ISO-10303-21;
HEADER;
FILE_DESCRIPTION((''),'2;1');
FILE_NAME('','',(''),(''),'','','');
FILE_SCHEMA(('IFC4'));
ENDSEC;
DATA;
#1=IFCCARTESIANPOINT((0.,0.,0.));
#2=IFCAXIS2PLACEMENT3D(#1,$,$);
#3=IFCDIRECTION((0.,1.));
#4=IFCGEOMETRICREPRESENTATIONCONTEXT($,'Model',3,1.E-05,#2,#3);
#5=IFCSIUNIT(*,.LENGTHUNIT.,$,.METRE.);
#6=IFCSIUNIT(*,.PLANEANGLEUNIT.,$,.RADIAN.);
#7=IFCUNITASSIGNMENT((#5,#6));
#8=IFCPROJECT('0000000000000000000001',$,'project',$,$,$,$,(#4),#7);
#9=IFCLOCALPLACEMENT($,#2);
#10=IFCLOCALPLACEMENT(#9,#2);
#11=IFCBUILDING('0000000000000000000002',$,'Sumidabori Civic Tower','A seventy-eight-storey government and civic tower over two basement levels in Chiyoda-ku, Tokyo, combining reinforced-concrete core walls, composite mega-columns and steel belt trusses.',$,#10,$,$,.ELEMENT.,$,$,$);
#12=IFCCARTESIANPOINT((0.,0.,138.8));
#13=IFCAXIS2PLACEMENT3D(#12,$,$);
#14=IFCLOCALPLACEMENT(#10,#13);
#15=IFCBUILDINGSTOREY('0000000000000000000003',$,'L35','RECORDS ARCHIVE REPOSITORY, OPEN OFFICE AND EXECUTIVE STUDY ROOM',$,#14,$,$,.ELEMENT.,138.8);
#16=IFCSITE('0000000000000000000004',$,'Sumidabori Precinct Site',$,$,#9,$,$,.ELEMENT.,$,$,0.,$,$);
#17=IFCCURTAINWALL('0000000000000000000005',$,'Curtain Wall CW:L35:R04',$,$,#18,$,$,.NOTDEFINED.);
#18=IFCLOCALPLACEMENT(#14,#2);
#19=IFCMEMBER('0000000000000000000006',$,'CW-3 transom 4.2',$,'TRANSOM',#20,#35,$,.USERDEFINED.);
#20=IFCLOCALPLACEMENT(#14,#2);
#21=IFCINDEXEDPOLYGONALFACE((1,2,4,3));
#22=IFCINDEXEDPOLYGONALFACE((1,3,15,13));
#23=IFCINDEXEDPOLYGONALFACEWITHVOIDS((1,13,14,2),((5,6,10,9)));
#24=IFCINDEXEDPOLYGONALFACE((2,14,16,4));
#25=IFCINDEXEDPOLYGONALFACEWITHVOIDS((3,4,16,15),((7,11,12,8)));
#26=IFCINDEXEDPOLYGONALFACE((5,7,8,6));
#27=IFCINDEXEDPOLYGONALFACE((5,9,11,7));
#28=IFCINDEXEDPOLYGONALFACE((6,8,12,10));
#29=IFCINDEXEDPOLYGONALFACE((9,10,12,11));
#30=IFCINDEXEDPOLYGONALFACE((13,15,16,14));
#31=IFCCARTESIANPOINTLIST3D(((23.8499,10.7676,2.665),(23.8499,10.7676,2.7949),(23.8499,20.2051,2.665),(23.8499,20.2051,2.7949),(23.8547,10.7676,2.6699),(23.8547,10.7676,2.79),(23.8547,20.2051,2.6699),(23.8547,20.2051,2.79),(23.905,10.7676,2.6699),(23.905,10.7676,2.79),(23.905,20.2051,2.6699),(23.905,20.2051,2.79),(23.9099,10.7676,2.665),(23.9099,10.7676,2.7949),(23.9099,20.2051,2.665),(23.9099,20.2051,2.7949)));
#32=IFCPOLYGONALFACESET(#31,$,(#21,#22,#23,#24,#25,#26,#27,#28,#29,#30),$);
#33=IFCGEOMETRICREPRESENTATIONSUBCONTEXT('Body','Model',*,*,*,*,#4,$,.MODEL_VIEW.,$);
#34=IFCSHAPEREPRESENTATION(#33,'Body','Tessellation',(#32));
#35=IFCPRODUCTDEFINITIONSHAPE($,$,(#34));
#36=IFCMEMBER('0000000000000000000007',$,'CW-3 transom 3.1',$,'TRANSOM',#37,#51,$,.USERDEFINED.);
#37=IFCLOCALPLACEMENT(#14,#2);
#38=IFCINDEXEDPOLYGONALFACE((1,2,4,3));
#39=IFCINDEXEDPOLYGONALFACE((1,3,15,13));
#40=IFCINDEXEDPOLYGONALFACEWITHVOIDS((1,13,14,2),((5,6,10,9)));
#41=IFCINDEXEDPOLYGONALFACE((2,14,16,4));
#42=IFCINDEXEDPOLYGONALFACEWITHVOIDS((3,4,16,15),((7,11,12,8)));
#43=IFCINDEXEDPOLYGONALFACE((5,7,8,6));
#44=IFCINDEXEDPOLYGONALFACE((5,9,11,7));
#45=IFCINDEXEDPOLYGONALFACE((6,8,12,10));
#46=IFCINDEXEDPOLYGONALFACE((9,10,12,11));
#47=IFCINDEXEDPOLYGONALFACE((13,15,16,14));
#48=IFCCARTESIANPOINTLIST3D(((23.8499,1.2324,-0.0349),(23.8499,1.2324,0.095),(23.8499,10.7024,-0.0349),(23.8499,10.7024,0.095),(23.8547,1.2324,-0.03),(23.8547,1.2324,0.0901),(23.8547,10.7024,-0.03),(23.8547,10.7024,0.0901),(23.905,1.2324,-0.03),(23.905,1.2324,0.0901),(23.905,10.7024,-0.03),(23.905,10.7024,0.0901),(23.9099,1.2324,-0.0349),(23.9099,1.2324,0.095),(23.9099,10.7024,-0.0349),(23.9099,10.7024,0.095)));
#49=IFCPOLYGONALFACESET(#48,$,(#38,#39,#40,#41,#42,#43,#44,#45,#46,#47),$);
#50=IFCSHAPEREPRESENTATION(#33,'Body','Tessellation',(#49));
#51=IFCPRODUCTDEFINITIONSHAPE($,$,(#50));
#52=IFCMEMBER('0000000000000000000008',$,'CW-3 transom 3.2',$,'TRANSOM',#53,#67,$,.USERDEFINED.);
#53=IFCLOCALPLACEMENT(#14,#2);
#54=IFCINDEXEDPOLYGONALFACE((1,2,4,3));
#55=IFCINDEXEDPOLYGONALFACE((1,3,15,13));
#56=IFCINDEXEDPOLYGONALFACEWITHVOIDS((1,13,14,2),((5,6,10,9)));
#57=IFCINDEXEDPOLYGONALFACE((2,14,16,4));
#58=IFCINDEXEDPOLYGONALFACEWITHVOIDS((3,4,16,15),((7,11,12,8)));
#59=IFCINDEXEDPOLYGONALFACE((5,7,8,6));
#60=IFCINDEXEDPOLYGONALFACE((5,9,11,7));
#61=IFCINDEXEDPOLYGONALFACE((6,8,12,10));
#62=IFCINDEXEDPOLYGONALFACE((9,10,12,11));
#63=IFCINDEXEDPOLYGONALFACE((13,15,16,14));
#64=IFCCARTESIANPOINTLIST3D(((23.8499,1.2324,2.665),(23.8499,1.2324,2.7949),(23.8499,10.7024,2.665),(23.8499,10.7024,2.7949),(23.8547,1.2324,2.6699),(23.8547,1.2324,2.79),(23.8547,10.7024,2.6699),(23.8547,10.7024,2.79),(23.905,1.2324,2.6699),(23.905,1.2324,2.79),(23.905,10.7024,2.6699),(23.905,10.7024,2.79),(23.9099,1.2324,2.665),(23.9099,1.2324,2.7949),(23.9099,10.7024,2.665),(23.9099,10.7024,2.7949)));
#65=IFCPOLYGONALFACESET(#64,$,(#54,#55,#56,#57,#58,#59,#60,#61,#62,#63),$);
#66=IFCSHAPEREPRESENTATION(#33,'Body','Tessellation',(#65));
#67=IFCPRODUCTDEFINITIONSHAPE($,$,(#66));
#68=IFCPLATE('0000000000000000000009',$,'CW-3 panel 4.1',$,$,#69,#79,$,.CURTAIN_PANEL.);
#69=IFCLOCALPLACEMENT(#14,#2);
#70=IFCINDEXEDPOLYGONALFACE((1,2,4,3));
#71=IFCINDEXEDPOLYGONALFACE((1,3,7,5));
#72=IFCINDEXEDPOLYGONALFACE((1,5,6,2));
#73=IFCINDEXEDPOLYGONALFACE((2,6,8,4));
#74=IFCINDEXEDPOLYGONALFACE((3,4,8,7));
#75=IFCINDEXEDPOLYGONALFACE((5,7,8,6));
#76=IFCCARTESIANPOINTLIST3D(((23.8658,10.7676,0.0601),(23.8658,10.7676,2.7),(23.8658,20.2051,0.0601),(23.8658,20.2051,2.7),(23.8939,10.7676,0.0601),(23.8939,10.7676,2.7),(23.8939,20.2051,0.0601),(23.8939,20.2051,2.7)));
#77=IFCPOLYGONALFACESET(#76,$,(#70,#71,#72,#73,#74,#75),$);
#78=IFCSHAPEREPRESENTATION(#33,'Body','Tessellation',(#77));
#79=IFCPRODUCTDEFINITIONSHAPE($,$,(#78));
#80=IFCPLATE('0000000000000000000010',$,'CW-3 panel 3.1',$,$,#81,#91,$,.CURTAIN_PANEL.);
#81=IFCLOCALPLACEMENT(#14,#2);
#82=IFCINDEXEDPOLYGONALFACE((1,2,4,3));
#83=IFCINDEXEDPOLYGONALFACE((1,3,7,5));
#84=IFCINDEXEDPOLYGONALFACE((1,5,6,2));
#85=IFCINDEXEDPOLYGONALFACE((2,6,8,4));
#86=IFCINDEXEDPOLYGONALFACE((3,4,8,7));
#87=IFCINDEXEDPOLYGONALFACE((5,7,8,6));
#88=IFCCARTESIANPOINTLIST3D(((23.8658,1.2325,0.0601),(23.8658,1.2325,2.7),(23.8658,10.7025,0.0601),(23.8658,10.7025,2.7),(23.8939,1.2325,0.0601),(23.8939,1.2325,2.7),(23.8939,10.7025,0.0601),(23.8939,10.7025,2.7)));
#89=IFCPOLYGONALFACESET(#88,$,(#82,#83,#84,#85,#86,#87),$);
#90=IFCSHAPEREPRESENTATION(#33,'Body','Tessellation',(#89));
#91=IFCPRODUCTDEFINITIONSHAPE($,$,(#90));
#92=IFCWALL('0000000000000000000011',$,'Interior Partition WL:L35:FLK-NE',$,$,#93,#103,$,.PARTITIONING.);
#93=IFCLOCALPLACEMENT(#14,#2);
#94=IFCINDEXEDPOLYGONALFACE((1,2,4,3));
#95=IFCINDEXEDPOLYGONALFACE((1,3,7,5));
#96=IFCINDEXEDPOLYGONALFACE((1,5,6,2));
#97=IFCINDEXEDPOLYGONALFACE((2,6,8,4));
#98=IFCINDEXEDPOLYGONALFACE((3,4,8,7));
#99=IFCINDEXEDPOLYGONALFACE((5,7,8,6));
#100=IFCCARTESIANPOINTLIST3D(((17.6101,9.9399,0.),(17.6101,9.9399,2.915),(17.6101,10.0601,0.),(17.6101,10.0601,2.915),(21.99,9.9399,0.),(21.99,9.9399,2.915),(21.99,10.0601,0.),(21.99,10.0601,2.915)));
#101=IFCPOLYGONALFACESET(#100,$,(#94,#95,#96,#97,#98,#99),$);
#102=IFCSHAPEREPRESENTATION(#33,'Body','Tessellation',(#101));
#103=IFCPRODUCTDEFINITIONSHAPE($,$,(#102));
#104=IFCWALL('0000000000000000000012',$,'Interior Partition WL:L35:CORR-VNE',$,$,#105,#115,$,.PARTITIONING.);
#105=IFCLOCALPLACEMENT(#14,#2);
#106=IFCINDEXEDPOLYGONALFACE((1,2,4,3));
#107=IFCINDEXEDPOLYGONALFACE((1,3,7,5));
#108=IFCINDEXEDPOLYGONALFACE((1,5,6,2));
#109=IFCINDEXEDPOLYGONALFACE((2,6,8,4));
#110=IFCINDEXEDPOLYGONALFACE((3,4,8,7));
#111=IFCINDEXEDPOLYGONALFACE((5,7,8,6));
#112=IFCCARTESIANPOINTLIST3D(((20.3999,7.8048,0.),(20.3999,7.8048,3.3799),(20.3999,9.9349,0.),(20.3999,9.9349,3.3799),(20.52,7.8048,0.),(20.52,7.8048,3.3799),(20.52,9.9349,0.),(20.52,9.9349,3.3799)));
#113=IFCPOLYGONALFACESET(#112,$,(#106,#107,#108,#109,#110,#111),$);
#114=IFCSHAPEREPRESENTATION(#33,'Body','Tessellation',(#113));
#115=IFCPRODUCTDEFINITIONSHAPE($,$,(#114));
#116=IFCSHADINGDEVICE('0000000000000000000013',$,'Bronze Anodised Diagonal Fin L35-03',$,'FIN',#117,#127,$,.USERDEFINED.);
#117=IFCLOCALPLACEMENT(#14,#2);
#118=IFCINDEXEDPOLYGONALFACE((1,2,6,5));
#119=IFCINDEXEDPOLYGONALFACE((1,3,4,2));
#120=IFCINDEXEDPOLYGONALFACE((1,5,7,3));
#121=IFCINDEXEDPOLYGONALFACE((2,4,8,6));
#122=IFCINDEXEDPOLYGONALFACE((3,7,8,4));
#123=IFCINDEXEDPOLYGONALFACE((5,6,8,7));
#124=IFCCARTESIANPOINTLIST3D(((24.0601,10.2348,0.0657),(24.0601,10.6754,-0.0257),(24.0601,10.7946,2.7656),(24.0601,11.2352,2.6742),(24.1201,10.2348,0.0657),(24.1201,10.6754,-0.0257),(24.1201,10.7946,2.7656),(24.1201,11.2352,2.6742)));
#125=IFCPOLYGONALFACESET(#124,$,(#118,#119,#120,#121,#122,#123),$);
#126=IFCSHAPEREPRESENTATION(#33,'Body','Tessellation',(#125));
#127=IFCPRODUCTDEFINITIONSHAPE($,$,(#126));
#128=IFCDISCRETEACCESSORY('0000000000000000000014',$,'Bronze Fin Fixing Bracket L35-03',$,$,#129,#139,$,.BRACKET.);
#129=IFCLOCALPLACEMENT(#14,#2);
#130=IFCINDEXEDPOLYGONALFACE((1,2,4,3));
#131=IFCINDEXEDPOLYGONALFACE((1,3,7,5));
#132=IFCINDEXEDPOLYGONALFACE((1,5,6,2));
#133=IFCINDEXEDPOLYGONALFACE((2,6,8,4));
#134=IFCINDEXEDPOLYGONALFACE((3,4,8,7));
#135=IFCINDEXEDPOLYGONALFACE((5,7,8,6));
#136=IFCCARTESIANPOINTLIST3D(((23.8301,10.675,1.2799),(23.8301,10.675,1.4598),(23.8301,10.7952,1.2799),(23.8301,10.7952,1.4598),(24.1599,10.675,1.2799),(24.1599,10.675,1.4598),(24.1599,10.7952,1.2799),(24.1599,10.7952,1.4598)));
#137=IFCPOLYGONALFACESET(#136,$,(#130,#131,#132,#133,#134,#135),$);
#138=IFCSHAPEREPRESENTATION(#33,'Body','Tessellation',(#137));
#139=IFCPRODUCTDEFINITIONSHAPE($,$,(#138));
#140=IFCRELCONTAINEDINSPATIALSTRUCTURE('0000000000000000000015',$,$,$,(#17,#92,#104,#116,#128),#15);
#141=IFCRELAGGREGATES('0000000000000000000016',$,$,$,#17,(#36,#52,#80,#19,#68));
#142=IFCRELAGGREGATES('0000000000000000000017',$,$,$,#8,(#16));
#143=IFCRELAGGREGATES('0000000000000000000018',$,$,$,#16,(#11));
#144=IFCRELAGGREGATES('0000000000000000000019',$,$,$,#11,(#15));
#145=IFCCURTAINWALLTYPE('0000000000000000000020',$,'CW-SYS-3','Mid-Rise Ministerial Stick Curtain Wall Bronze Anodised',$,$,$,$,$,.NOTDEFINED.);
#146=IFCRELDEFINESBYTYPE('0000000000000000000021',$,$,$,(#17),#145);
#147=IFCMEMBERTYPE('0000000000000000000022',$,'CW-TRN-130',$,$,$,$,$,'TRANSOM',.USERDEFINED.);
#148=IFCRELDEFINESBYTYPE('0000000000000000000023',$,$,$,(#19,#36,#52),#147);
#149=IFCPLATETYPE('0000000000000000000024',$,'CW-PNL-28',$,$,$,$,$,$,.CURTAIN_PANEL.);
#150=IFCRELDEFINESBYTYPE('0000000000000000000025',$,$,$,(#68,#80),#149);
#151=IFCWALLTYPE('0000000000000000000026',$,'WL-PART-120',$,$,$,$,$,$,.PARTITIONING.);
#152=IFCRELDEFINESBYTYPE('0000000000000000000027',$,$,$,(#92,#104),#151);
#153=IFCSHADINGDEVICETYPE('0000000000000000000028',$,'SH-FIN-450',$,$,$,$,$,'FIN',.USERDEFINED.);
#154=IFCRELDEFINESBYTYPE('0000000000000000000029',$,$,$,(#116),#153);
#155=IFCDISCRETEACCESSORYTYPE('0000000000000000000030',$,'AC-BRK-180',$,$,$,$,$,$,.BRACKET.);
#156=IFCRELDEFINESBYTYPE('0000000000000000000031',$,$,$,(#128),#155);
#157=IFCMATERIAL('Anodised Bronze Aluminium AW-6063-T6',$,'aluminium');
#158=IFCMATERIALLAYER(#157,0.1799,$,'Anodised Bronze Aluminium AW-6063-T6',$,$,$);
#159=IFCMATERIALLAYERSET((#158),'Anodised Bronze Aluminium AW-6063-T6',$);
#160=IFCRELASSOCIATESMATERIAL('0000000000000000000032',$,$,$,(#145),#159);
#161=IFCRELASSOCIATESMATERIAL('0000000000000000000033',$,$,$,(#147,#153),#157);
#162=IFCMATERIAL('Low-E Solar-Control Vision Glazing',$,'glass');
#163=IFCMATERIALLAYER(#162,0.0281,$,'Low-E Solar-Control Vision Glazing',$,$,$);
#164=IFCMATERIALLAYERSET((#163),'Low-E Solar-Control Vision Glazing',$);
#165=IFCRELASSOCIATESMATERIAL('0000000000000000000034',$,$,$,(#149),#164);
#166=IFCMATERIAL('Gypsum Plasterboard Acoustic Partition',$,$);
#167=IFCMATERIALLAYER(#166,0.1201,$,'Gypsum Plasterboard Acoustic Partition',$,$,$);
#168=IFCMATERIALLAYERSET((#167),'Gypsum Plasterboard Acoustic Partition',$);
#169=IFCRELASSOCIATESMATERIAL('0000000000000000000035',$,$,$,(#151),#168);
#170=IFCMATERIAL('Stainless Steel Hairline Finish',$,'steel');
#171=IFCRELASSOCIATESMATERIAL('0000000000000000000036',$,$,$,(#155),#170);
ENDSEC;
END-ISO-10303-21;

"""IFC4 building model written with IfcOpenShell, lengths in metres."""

from ifc_helpers import new_model, si_unit, direction, frame, frame_2d, origin, origin_2d, place, context, subcontext, project, spatial, rectangle, hollow_rectangle, extrude, source, transform, mapped, material, layer, layer_set, material_profile, profile_set, type_object, element, aggregate, save


model = new_model("IFC4")

# Units and contexts
model_context = context("Model", 3, precision=1e-05, world=origin(), true_north=direction((0.0, 1.0)))
body_context = subcontext(model_context, "Body", "Model", "MODEL_VIEW")
ifc_project = project(units=[si_unit("LENGTHUNIT", "METRE"), si_unit("PLANEANGLEUNIT", "RADIAN")], contexts=[model_context])

# Site, building, storey
site_placement = place(None, origin())
site = spatial("IfcSite", under=ifc_project, at=site_placement, Name="Sumidabori Precinct Site", CompositionType="ELEMENT", RefElevation=0.0)
building_placement = place(site_placement, origin())
building = spatial("IfcBuilding", under=site, at=building_placement, Name="Sumidabori Civic Tower", Description="A seventy-eight-storey government and civic tower over two basement levels in Chiyoda-ku, Tokyo, combining reinforced-concrete core walls, composite mega-columns and steel belt trusses.", CompositionType="ELEMENT")
storey_placement = place(building_placement, frame((0.0, 0.0, 138.8)))
storey = spatial("IfcBuildingStorey", under=building, at=storey_placement, Name="L35", Description="RECORDS ARCHIVE REPOSITORY, OPEN OFFICE AND EXECUTIVE STUDY ROOM", CompositionType="ELEMENT", Elevation=138.8)

# Curtain wall, members, plates
ifc_material_1 = material(Name="Anodised Bronze Aluminium AW-6063-T6", Category="aluminium")
ifc_layer_1 = layer(ifc_material_1, 0.1799, Name="Anodised Bronze Aluminium AW-6063-T6")
ifc_layer_set_1 = layer_set([ifc_layer_1], Name="Anodised Bronze Aluminium AW-6063-T6")
curtain_wall_type = type_object("IfcCurtainWallType", Name="CW-SYS-3", Description="Mid-Rise Ministerial Stick Curtain Wall Bronze Anodised", PredefinedType="NOTDEFINED", material=ifc_layer_set_1)
curtain_wall_placement = place(storey_placement, origin())
curtain_wall = element("IfcCurtainWall", 1, at=curtain_wall_placement, inside=storey, type_object=curtain_wall_type, Name="Curtain Wall CW:L35:R04", PredefinedType="NOTDEFINED")
ifc_material_profile_1 = material_profile(ifc_material_1, hollow_rectangle(XDim=0.0601, YDim=0.1299, WallThickness=0.0049, at=origin_2d()), Name="ALU TRANSOM 130x60")
ifc_profile_set_1 = profile_set([ifc_material_profile_1], Name="Anodised Bronze Aluminium AW-6063-T6")
member_type_1 = type_object("IfcMemberType", Name="CW-TRN-130", ElementType="TRANSOM", PredefinedType="USERDEFINED", material=ifc_profile_set_1)
shared_shape_1 = source(origin(), body_context, "Body", "SweptSolid", [
    extrude(hollow_rectangle(XDim=0.0601, YDim=0.1299, WallThickness=0.0049, at=origin_2d()), origin(), (0.0, 0.0, 1.0), 9.4375),
])
member_1_placement = place(storey_placement, frame((23.8799, 10.7676, 2.73), z_axis=(0.0, 1.0, 0.0), x_axis=(-1.0, 0.0, 0.0)))
member_1 = element("IfcMember", 2, at=member_1_placement, type_object=member_type_1, Name="CW-3 transom 4.2", ObjectType="TRANSOM", PredefinedType="USERDEFINED", context=body_context, shape_type="MappedRepresentation", body=[
    mapped(shared_shape_1, transform((0.0, 0.0, 0.0), x_axis=(1.0, 0.0, 0.0), y_axis=(0.0, 1.0, 0.0), z_axis=(0.0, 0.0, 1.0), scale=1.0)),
])
shared_shape_2 = source(origin(), body_context, "Body", "SweptSolid", [
    extrude(hollow_rectangle(XDim=0.0601, YDim=0.1299, WallThickness=0.0049, at=origin_2d()), origin(), (0.0, 0.0, 1.0), 9.47),
])
member_2_placement = place(storey_placement, frame((23.8799, 1.2324, 0.03), z_axis=(0.0, 1.0, 0.0), x_axis=(-1.0, 0.0, 0.0)))
member_2 = element("IfcMember", 3, at=member_2_placement, type_object=member_type_1, Name="CW-3 transom 3.1", ObjectType="TRANSOM", PredefinedType="USERDEFINED", context=body_context, shape_type="MappedRepresentation", body=[
    mapped(shared_shape_2, transform((0.0, 0.0, 0.0), x_axis=(1.0, 0.0, 0.0), y_axis=(0.0, 1.0, 0.0), z_axis=(0.0, 0.0, 1.0), scale=1.0)),
])
member_3_placement = place(storey_placement, frame((23.8799, 1.2324, 2.73), z_axis=(0.0, 1.0, 0.0), x_axis=(-1.0, 0.0, 0.0)))
member_3 = element("IfcMember", 4, at=member_3_placement, type_object=member_type_1, Name="CW-3 transom 3.2", ObjectType="TRANSOM", PredefinedType="USERDEFINED", context=body_context, shape_type="MappedRepresentation", body=[
    mapped(shared_shape_2, transform((0.0, 0.0, 0.0), x_axis=(1.0, 0.0, 0.0), y_axis=(0.0, 1.0, 0.0), z_axis=(0.0, 0.0, 1.0), scale=1.0)),
])
ifc_material_2 = material(Name="Low-E Solar-Control Vision Glazing", Category="glass")
ifc_layer_2 = layer(ifc_material_2, 0.0281, Name="Low-E Solar-Control Vision Glazing")
ifc_layer_set_2 = layer_set([ifc_layer_2], Name="Low-E Solar-Control Vision Glazing")
plate_type = type_object("IfcPlateType", Name="CW-PNL-28", PredefinedType="CURTAIN_PANEL", material=ifc_layer_set_2)
shared_shape_3 = source(origin(), body_context, "Body", "SweptSolid", [
    extrude(rectangle(XDim=9.4375, YDim=0.0281, at=origin_2d()), origin(), (0.0, 0.0, 1.0), 2.6399),
])
plate_1_placement = place(storey_placement, frame((23.8799, 15.4863, 0.0601), z_axis=(0.0, 0.0, 1.0), x_axis=(0.0, 1.0, 0.0)))
plate_1 = element("IfcPlate", 5, at=plate_1_placement, type_object=plate_type, Name="CW-3 panel 4.1", PredefinedType="CURTAIN_PANEL", context=body_context, shape_type="MappedRepresentation", body=[
    mapped(shared_shape_3, transform((0.0, 0.0, 0.0), x_axis=(1.0, 0.0, 0.0), y_axis=(0.0, 1.0, 0.0), z_axis=(0.0, 0.0, 1.0), scale=1.0)),
])
shared_shape_4 = source(origin(), body_context, "Body", "SweptSolid", [
    extrude(rectangle(XDim=9.47, YDim=0.0281, at=origin_2d()), origin(), (0.0, 0.0, 1.0), 2.6399),
])
plate_2_placement = place(storey_placement, frame((23.8799, 5.9675, 0.0601), z_axis=(0.0, 0.0, 1.0), x_axis=(0.0, 1.0, 0.0)))
plate_2 = element("IfcPlate", 6, at=plate_2_placement, type_object=plate_type, Name="CW-3 panel 3.1", PredefinedType="CURTAIN_PANEL", context=body_context, shape_type="MappedRepresentation", body=[
    mapped(shared_shape_4, transform((0.0, 0.0, 0.0), x_axis=(1.0, 0.0, 0.0), y_axis=(0.0, 1.0, 0.0), z_axis=(0.0, 0.0, 1.0), scale=1.0)),
])
aggregate(curtain_wall, [member_2, member_3, plate_2, member_1, plate_1])

# Walls
ifc_material_3 = material(Name="Gypsum Plasterboard Acoustic Partition")
ifc_layer_3 = layer(ifc_material_3, 0.1201, Name="Gypsum Plasterboard Acoustic Partition")
ifc_layer_set_3 = layer_set([ifc_layer_3], Name="Gypsum Plasterboard Acoustic Partition")
wall_type = type_object("IfcWallType", Name="WL-PART-120", PredefinedType="PARTITIONING", material=ifc_layer_set_3)
shared_shape_5 = source(origin(), body_context, "Body", "SweptSolid", [
    extrude(rectangle(XDim=4.3799, YDim=0.1201, at=frame_2d((2.1899, 0.0))), origin(), (0.0, 0.0, 1.0), 2.915),
])
wall_1_placement = place(storey_placement, frame((17.6101, 10.0, 0.0), z_axis=(0.0, 0.0, 1.0), x_axis=(1.0, 0.0, 0.0)))
element("IfcWall", 7, at=wall_1_placement, inside=storey, type_object=wall_type, Name="Interior Partition WL:L35:FLK-NE", PredefinedType="PARTITIONING", context=body_context, shape_type="MappedRepresentation", body=[
    mapped(shared_shape_5, transform((0.0, 0.0, 0.0), x_axis=(1.0, 0.0, 0.0), y_axis=(0.0, 1.0, 0.0), z_axis=(0.0, 0.0, 1.0), scale=1.0)),
])
shared_shape_6 = source(origin(), body_context, "Body", "SweptSolid", [
    extrude(rectangle(XDim=2.1301, YDim=0.1201, at=frame_2d((1.0649, 0.0))), origin(), (0.0, 0.0, 1.0), 3.3799),
])
wall_2_placement = place(storey_placement, frame((20.46, 7.8049, 0.0), z_axis=(0.0, 0.0, 1.0), x_axis=(0.0, 1.0, 0.0)))
element("IfcWall", 8, at=wall_2_placement, inside=storey, type_object=wall_type, Name="Interior Partition WL:L35:CORR-VNE", PredefinedType="PARTITIONING", context=body_context, shape_type="MappedRepresentation", body=[
    mapped(shared_shape_6, transform((0.0, 0.0, 0.0), x_axis=(1.0, 0.0, 0.0), y_axis=(0.0, 1.0, 0.0), z_axis=(0.0, 0.0, 1.0), scale=1.0)),
])

# Shading device
ifc_material_profile_2 = material_profile(ifc_material_1, rectangle(XDim=0.0601, YDim=0.45, at=origin_2d()), Name="BRONZE FIN 450x60")
ifc_profile_set_2 = profile_set([ifc_material_profile_2], Name="Anodised Bronze Aluminium AW-6063-T6")
shading_device_type = type_object("IfcShadingDeviceType", Name="SH-FIN-450", ElementType="FIN", PredefinedType="USERDEFINED", material=ifc_profile_set_2)
shared_shape_7 = source(origin(), body_context, "Body", "SweptSolid", [
    extrude(rectangle(XDim=0.0601, YDim=0.45, at=origin_2d()), origin(), (0.0, 0.0, 1.0), 2.7573),
])
shading_device_placement = place(storey_placement, frame((24.0901, 10.4551, 0.02), z_axis=(0.0, 0.203024, 0.979174), x_axis=(-1.0, 0.0, 0.0)))
element("IfcShadingDevice", 9, at=shading_device_placement, inside=storey, type_object=shading_device_type, Name="Bronze Anodised Diagonal Fin L35-03", ObjectType="FIN", PredefinedType="USERDEFINED", context=body_context, shape_type="MappedRepresentation", body=[
    mapped(shared_shape_7, transform((0.0, 0.0, 0.0), x_axis=(1.0, 0.0, 0.0), y_axis=(0.0, 1.0, 0.0), z_axis=(0.0, 0.0, 1.0), scale=1.0)),
])

# Discrete accessory
ifc_material_4 = material(Name="Stainless Steel Hairline Finish", Category="steel")
ifc_material_profile_3 = material_profile(ifc_material_4, rectangle(XDim=0.1201, YDim=0.1799, at=origin_2d()), Name="STEEL BRACKET 180x120")
ifc_profile_set_3 = profile_set([ifc_material_profile_3], Name="Stainless Steel Hairline Finish")
discrete_accessory_type = type_object("IfcDiscreteAccessoryType", Name="AC-BRK-180", PredefinedType="BRACKET", material=ifc_profile_set_3)
shared_shape_8 = source(origin(), body_context, "Body", "SweptSolid", [
    extrude(rectangle(XDim=0.1201, YDim=0.1799, at=origin_2d()), origin(), (0.0, 0.0, 1.0), 0.3298),
])
discrete_accessory_placement = place(storey_placement, frame((23.8301, 10.7351, 1.3699), z_axis=(1.0, 0.0, 0.0), x_axis=(0.0, 1.0, 0.0)))
element("IfcDiscreteAccessory", 10, at=discrete_accessory_placement, inside=storey, type_object=discrete_accessory_type, Name="Bronze Fin Fixing Bracket L35-03", PredefinedType="BRACKET", context=body_context, shape_type="MappedRepresentation", body=[
    mapped(shared_shape_8, transform((0.0, 0.0, 0.0), x_axis=(1.0, 0.0, 0.0), y_axis=(0.0, 1.0, 0.0), z_axis=(0.0, 0.0, 1.0), scale=1.0)),
])

save(model, "model.ifc")
